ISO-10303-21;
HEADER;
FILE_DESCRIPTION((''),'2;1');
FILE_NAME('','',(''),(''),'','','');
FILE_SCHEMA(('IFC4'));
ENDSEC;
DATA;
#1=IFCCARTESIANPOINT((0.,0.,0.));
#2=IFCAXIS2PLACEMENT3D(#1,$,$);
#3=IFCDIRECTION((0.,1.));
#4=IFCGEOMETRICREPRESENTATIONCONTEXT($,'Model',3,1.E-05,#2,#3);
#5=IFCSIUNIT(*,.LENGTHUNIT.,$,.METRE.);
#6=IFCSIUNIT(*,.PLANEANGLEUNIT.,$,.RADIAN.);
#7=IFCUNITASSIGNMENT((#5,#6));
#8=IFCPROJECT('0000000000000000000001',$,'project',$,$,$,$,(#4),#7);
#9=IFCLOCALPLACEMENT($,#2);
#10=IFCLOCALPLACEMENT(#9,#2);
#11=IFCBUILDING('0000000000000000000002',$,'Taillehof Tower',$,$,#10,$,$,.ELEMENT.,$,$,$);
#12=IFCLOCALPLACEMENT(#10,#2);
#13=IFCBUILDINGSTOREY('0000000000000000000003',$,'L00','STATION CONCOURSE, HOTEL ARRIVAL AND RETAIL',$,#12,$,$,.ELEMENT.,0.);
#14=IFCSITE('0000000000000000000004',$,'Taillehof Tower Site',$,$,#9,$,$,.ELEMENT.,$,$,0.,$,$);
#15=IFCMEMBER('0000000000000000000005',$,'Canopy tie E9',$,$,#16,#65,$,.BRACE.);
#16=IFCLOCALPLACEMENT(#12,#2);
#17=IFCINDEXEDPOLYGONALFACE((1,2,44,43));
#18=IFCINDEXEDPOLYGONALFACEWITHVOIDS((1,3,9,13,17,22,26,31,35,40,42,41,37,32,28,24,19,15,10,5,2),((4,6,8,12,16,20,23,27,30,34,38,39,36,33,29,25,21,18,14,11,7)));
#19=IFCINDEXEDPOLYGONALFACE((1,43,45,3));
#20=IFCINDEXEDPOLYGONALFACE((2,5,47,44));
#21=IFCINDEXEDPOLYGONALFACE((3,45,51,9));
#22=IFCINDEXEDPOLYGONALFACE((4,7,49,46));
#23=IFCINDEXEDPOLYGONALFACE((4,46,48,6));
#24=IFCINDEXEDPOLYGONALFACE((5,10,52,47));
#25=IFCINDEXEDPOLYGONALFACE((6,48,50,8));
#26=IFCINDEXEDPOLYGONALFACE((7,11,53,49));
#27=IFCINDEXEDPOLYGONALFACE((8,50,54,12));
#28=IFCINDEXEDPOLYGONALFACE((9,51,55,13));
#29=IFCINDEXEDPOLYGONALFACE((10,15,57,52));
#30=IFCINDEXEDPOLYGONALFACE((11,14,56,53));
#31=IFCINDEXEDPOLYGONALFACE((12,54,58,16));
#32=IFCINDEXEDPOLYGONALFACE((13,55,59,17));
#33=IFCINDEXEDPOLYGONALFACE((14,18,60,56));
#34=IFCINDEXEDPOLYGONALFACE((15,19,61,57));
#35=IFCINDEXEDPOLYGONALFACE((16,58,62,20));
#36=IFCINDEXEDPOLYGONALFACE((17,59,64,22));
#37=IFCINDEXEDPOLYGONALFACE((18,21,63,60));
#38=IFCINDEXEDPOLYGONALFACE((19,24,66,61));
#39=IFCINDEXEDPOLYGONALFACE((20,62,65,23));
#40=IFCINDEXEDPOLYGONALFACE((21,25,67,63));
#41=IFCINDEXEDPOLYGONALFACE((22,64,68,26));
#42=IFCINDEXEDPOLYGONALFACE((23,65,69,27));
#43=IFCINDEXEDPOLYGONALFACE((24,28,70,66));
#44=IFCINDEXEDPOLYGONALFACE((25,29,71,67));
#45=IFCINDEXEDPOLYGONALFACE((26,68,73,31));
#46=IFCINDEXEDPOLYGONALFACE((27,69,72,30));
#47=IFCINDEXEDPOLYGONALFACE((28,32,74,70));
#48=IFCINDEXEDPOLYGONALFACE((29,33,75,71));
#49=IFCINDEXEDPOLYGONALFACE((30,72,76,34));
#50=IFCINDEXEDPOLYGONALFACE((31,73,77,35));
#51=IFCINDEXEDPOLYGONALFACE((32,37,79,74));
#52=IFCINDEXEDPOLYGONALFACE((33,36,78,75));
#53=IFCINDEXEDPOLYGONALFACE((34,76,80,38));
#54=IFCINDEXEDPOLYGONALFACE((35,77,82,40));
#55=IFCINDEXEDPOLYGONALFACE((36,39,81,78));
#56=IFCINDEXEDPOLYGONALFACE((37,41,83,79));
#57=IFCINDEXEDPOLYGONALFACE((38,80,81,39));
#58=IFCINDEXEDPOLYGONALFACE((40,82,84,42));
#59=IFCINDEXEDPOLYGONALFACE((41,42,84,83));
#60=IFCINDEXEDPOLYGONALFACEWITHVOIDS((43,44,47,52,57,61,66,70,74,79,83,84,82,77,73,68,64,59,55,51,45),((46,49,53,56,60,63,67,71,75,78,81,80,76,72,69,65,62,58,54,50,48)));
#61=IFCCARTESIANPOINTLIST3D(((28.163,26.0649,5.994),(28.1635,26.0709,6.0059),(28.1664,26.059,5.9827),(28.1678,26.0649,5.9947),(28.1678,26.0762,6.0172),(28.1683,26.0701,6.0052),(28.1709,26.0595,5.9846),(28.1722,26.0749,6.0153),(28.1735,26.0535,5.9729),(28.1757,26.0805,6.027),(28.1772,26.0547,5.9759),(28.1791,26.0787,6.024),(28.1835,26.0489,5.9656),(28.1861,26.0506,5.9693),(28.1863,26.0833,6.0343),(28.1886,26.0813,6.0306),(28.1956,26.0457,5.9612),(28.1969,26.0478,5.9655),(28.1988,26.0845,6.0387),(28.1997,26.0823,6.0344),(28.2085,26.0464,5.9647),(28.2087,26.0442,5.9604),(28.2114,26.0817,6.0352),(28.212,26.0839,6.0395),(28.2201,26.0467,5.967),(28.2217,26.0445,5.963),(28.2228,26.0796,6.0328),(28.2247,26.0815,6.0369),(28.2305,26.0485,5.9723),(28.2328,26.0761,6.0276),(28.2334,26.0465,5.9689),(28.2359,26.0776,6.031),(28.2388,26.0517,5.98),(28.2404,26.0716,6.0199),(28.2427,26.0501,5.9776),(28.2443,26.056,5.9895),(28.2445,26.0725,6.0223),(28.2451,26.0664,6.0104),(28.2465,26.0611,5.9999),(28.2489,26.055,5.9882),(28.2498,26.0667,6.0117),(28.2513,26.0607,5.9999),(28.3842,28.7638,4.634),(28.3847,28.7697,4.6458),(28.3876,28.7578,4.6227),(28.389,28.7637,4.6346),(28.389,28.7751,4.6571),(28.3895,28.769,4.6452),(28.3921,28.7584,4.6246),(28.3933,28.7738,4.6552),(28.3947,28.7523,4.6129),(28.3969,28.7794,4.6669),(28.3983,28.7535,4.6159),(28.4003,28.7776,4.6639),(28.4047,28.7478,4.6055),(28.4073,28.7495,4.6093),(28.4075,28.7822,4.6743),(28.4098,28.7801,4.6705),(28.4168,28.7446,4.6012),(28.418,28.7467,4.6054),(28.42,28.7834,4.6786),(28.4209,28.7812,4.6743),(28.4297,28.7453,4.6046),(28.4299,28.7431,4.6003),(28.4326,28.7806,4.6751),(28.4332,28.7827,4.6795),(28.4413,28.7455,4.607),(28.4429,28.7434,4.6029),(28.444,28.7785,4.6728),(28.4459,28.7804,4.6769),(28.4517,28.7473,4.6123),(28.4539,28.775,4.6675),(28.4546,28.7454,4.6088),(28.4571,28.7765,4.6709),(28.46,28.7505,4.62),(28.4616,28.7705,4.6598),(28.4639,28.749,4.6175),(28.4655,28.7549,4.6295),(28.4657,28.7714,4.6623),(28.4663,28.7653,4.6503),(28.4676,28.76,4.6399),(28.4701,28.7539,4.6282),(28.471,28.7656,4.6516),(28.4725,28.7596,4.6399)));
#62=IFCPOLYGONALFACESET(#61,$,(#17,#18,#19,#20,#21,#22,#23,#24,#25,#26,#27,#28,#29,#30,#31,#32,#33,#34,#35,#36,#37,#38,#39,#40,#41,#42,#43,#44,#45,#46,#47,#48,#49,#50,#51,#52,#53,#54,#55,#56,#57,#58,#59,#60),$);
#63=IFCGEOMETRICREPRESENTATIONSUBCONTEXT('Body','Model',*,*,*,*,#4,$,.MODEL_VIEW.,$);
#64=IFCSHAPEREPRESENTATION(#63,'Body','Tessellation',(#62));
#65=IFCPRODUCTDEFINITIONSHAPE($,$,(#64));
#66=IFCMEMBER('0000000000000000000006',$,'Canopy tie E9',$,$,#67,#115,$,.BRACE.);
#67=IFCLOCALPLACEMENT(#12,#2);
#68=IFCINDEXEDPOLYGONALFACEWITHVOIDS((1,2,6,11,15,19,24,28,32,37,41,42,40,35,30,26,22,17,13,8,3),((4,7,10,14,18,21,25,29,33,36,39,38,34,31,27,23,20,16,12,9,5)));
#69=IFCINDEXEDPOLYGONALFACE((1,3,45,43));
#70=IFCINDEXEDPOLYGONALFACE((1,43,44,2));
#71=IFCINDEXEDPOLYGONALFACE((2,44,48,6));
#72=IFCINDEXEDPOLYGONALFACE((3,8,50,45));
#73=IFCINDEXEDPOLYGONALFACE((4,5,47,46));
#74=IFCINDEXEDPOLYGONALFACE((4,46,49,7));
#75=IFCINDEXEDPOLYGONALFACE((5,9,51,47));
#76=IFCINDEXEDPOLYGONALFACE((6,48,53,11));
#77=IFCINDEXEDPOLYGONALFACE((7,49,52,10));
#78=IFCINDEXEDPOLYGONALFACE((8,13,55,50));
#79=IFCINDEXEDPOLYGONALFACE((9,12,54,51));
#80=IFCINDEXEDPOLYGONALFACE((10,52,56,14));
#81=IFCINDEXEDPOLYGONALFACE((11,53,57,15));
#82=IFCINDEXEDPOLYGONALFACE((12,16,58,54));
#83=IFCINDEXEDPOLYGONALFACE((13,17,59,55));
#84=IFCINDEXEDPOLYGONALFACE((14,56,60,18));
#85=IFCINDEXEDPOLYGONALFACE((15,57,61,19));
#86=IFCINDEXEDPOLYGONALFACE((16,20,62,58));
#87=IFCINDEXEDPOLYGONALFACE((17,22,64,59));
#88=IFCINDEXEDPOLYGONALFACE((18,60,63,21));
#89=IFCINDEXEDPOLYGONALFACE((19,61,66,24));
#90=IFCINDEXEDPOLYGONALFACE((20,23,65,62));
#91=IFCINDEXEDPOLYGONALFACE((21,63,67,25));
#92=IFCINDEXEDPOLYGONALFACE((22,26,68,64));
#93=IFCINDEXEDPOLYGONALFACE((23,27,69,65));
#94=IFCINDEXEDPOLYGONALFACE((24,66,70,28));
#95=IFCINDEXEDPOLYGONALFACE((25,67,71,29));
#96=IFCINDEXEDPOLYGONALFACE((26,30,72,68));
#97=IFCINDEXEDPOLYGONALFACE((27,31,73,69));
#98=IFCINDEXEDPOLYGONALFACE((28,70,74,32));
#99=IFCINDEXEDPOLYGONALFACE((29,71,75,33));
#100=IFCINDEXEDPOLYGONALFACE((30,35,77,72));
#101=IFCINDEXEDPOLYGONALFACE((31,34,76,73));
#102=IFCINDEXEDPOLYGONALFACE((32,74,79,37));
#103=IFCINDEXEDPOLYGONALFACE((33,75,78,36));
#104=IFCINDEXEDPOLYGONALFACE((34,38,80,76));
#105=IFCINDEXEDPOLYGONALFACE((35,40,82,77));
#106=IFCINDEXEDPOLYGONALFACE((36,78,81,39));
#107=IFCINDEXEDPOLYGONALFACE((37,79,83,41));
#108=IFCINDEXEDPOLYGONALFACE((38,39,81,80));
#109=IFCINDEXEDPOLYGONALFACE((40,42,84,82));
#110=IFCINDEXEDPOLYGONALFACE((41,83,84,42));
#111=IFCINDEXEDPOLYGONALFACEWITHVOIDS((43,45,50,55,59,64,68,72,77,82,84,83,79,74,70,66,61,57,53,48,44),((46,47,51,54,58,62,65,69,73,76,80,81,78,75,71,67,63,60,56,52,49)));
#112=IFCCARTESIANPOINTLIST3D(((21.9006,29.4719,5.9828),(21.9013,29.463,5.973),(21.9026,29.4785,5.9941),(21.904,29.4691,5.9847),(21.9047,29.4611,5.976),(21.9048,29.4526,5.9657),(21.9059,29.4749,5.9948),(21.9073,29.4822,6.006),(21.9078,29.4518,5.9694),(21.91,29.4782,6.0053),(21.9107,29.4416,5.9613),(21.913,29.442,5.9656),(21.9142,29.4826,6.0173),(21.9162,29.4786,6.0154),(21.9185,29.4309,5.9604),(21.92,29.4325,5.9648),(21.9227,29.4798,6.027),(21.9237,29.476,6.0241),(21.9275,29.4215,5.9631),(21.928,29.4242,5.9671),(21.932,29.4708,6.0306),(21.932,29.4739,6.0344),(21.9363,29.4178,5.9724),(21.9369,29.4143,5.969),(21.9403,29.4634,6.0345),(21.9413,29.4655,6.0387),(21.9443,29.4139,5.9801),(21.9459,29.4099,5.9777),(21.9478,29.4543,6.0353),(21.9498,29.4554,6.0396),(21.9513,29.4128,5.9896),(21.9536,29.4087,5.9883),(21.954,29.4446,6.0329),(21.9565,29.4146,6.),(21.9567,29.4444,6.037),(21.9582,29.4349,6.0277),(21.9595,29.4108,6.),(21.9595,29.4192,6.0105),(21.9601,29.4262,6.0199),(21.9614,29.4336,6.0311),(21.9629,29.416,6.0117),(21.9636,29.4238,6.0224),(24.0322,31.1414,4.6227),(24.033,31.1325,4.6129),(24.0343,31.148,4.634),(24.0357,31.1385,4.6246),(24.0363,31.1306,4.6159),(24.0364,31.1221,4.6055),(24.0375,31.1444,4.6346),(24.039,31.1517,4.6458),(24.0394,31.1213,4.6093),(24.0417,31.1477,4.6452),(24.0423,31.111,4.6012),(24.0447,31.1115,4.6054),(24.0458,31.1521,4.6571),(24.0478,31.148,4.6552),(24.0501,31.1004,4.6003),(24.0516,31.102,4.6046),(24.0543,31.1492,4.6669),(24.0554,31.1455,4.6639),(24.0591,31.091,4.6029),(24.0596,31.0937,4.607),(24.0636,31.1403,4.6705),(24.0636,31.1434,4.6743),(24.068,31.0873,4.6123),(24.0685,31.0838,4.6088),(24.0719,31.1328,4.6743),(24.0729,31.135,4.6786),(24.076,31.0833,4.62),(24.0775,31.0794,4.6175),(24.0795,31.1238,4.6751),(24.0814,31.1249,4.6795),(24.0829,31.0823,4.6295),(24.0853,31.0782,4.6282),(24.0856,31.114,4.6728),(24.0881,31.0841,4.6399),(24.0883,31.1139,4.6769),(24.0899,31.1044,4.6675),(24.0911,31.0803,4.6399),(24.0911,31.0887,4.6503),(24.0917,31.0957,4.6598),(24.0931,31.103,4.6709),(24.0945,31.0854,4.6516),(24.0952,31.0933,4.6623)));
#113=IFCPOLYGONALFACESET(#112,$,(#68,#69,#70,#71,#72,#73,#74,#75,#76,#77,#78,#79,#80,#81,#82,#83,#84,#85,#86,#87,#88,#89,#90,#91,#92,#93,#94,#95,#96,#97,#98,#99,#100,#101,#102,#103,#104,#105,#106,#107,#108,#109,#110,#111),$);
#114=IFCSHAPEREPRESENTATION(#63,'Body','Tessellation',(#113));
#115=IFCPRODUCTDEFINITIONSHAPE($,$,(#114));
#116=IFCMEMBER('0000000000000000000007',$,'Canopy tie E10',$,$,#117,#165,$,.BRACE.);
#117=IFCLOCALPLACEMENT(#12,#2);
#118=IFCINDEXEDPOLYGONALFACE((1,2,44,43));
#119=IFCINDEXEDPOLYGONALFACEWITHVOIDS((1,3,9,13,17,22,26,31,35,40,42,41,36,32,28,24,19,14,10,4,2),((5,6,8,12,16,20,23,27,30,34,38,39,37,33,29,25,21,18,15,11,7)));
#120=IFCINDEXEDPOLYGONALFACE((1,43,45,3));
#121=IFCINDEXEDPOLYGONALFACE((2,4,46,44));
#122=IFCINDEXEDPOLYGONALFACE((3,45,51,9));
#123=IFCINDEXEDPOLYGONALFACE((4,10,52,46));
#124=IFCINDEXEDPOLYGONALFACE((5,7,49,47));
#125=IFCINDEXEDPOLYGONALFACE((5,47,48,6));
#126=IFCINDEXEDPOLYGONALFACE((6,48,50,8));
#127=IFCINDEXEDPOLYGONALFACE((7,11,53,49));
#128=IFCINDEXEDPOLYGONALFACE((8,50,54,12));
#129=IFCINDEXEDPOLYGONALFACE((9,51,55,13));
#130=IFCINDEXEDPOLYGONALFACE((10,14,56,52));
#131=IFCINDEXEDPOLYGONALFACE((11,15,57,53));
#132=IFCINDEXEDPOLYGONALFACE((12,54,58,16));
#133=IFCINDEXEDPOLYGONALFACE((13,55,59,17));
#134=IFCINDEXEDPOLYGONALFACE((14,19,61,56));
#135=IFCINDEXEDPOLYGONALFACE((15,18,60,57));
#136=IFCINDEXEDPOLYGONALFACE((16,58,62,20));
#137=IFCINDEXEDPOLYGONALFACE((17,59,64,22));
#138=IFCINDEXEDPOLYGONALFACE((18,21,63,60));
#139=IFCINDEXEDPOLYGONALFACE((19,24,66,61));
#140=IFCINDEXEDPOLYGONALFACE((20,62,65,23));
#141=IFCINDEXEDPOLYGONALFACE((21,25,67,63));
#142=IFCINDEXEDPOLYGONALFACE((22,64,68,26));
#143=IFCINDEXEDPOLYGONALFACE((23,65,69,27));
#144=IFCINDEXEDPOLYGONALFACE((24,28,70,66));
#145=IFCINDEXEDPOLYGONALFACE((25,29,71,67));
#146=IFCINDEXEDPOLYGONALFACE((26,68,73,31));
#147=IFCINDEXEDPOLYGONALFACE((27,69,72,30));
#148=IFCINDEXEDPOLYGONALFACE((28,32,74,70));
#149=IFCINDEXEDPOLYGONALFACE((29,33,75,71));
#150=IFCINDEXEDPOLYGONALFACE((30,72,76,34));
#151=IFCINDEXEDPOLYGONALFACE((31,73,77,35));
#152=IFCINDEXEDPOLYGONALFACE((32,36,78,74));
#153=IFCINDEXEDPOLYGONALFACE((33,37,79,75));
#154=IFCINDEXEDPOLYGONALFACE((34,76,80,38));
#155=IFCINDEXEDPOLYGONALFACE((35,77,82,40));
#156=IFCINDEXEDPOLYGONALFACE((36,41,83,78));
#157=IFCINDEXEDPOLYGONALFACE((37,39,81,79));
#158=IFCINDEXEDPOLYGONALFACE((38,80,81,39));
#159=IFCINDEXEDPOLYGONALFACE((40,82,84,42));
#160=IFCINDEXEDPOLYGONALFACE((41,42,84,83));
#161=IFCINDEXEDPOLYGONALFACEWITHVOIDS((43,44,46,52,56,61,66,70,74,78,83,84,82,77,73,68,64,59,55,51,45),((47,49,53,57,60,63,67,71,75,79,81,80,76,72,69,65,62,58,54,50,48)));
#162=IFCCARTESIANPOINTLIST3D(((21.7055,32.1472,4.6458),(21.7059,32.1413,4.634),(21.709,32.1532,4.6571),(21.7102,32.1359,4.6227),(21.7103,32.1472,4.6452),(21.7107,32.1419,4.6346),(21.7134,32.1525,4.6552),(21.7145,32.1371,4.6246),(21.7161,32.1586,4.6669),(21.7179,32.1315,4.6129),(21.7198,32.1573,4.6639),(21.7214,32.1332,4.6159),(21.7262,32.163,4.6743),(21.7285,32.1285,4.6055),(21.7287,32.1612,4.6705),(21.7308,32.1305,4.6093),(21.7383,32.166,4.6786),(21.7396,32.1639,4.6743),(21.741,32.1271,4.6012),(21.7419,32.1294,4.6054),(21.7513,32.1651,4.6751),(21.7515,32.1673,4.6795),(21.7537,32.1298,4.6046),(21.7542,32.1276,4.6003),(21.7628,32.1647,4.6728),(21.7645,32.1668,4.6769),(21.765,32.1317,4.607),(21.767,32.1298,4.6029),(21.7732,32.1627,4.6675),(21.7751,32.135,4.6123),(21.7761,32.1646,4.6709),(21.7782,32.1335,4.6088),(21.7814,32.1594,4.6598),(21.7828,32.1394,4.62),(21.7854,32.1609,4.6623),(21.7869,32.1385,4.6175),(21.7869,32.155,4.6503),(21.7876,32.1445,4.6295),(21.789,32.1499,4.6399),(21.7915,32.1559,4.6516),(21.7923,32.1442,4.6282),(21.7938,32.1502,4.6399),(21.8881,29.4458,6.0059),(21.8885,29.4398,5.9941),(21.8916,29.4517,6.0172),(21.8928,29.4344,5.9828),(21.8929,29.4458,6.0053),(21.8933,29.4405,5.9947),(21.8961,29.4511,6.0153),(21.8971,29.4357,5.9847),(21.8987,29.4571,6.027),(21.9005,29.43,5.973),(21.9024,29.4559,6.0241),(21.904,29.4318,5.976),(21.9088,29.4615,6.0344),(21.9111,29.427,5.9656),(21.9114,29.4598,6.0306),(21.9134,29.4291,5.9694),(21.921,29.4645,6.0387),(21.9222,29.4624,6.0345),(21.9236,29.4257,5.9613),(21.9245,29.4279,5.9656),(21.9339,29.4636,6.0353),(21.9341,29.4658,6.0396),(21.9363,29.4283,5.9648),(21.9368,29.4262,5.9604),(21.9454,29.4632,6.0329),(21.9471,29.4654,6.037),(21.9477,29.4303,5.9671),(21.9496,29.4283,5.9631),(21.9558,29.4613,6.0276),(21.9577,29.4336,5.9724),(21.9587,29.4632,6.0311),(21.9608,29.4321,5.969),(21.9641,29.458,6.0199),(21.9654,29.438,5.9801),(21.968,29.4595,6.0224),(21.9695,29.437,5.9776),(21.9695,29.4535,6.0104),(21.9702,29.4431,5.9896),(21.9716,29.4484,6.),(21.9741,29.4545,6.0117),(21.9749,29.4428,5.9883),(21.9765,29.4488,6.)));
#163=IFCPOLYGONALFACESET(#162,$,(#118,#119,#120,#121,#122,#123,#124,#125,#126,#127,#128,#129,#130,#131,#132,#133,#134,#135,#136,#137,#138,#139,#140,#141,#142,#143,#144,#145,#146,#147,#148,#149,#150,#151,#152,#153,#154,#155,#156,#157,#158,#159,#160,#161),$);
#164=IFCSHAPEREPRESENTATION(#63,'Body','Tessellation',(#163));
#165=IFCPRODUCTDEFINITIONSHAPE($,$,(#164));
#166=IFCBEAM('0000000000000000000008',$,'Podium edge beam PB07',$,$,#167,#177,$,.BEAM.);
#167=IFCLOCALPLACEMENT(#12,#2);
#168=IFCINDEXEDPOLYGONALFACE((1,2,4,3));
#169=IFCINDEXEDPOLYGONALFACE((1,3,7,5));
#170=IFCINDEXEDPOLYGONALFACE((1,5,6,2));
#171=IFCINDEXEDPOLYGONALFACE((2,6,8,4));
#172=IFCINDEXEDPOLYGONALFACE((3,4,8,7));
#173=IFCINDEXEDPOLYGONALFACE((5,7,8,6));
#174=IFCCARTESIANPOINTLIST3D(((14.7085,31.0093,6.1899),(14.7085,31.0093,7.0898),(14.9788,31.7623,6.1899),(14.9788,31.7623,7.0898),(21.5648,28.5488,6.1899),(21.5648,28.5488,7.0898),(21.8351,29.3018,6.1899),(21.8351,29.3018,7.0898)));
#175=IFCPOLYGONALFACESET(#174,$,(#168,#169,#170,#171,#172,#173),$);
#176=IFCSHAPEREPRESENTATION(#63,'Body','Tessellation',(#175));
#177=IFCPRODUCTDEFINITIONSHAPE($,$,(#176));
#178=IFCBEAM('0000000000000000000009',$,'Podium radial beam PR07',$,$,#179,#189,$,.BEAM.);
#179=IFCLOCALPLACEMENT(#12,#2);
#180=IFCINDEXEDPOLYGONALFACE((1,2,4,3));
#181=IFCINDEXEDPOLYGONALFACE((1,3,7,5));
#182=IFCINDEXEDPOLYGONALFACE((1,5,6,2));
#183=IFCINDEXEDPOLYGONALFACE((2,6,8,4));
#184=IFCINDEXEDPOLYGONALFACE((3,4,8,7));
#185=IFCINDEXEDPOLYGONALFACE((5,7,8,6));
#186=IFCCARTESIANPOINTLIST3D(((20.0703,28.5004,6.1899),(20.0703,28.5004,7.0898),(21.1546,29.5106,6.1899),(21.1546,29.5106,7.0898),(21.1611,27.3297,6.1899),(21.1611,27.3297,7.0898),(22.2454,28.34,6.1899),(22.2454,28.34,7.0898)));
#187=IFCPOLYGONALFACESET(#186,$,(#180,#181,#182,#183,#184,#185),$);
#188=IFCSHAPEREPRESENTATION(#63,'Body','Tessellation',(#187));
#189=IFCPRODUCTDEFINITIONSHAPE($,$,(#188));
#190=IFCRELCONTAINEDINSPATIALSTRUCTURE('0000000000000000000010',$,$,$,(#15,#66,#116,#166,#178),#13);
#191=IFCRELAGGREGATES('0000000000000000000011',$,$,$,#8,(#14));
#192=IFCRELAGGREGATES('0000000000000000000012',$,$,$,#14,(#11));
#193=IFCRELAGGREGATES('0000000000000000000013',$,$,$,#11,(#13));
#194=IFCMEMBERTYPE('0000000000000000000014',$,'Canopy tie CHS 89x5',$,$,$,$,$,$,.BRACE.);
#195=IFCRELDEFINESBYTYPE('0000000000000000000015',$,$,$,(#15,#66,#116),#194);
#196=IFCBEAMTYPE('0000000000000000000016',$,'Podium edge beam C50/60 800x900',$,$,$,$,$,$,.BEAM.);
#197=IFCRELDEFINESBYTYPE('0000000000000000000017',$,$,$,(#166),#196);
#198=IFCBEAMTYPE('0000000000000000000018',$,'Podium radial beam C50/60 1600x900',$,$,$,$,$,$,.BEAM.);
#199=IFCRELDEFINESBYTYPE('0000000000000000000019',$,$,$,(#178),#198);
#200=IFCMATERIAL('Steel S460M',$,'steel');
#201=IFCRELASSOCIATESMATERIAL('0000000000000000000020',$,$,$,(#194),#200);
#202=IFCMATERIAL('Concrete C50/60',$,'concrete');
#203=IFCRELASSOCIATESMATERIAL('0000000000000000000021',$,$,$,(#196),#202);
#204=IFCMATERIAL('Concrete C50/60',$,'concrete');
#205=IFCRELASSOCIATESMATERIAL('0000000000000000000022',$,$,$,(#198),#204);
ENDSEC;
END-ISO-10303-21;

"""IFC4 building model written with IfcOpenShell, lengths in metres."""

from ifc_helpers import new_model, si_unit, direction, frame, origin, origin_2d, place, context, subcontext, project, spatial, rectangle, hollow_circle, extrude, material, material_profile, profile_set, type_object, element, save


model = new_model("IFC4")

# Units and contexts
model_context = context("Model", 3, precision=1e-05, world=origin(), true_north=direction((0.0, 1.0)))
body_context = subcontext(model_context, "Body", "Model", "MODEL_VIEW")
ifc_project = project(units=[si_unit("LENGTHUNIT", "METRE"), si_unit("PLANEANGLEUNIT", "RADIAN")], contexts=[model_context])

# Site, building, storey
site_placement = place(None, origin())
site = spatial("IfcSite", under=ifc_project, at=site_placement, Name="Taillehof Tower Site", CompositionType="ELEMENT", RefElevation=0.0)
building_placement = place(site_placement, origin())
building = spatial("IfcBuilding", under=site, at=building_placement, Name="Taillehof Tower", CompositionType="ELEMENT")
storey_placement = place(building_placement, origin())
storey = spatial("IfcBuildingStorey", under=building, at=storey_placement, Name="L00", Description="STATION CONCOURSE, HOTEL ARRIVAL AND RETAIL", CompositionType="ELEMENT", Elevation=0.0)

# Members
ifc_material_1 = material(Name="Steel S460M", Category="steel")
ifc_material_profile_1 = material_profile(ifc_material_1, hollow_circle(Radius=0.0444, WallThickness=0.0049, at=origin_2d()), Name="CHS 89x5")
ifc_profile_set_1 = profile_set([ifc_material_profile_1], Name="Steel S460M")
member_type = type_object("IfcMemberType", Name="Canopy tie CHS 89x5", PredefinedType="BRACE", material=ifc_profile_set_1)
member_placement = place(storey_placement, frame((28.4282, 28.7632, 4.6399), z_axis=(-0.072991, -0.890635, 0.448822), x_axis=(0.996659, -0.08168, 0.0)))
element("IfcMember", 1, at=member_placement, inside=storey, type_object=member_type, Name="Canopy tie E9", PredefinedType="BRACE", context=body_context, shape_type="SweptSolid", body=[
    extrude(hollow_circle(Radius=0.0444, WallThickness=0.0049, at=origin_2d()), origin(), (0.0, 0.0, 1.0), 3.0303),
])
for number, where, z_axis, x_axis, name in (
    (2, (24.0637, 31.1152, 4.6399), (-0.703508, -0.550978, 0.448888), (0.61659, -0.787284, 0.0), "Canopy tie E9"),
    (3, (21.7495, 32.1472, 4.6399), (0.06027, -0.891557, 0.448881), (0.997723, 0.067447, 0.0), "Canopy tie E10"),
):
    element("IfcMember", number, at=place(storey_placement, frame(where, z_axis=z_axis, x_axis=x_axis)), inside=storey, type_object=member_type, Name=name, PredefinedType="BRACE", context=body_context, shape_type="SweptSolid", body=[
        extrude(hollow_circle(Radius=0.0444, WallThickness=0.0049, at=origin_2d()), origin(), (0.0, 0.0, 1.0), 3.03),
    ])

# Beams
ifc_material_2 = material(Name="Concrete C50/60", Category="concrete")
ifc_material_profile_2 = material_profile(ifc_material_2, rectangle(XDim=0.8, YDim=0.8999, at=origin_2d()), Name="RC 800x900")
ifc_profile_set_2 = profile_set([ifc_material_profile_2], Name="Concrete C50/60")
beam_type_1 = type_object("IfcBeamType", Name="Podium edge beam C50/60 800x900", PredefinedType="BEAM", material=ifc_profile_set_2)
beam_1_placement = place(storey_placement, frame((21.7, 28.9253, 6.6399), z_axis=(-0.941227, 0.337773, 0.0), x_axis=(-0.337773, -0.941227, 0.0)))
element("IfcBeam", 4, at=beam_1_placement, inside=storey, type_object=beam_type_1, Name="Podium edge beam PB07", PredefinedType="BEAM", context=body_context, shape_type="SweptSolid", body=[
    extrude(rectangle(XDim=0.8, YDim=0.8999, at=origin_2d()), origin(), (0.0, 0.0, 1.0), 7.2844),
])
ifc_material_3 = material(Name="Concrete C50/60", Category="concrete")
ifc_material_profile_3 = material_profile(ifc_material_3, rectangle(XDim=1.6001, YDim=0.8999, at=origin_2d()), Name="RC 1600x900")
ifc_profile_set_3 = profile_set([ifc_material_profile_3], Name="Concrete C50/60")
beam_type_2 = type_object("IfcBeamType", Name="Podium radial beam C50/60 1600x900", PredefinedType="BEAM", material=ifc_profile_set_3)
beam_2_placement = place(storey_placement, frame((21.7, 28.9253, 6.6399), z_axis=(-0.731625, -0.681708, 0.0), x_axis=(0.681708, -0.731625, 0.0)))
element("IfcBeam", 5, at=beam_2_placement, inside=storey, type_object=beam_type_2, Name="Podium radial beam PR07", PredefinedType="BEAM", context=body_context, shape_type="SweptSolid", body=[
    extrude(rectangle(XDim=1.6001, YDim=0.8999, at=origin_2d()), origin(), (0.0, 0.0, 1.0), 1.4819),
])

save(model, "model.ifc")
